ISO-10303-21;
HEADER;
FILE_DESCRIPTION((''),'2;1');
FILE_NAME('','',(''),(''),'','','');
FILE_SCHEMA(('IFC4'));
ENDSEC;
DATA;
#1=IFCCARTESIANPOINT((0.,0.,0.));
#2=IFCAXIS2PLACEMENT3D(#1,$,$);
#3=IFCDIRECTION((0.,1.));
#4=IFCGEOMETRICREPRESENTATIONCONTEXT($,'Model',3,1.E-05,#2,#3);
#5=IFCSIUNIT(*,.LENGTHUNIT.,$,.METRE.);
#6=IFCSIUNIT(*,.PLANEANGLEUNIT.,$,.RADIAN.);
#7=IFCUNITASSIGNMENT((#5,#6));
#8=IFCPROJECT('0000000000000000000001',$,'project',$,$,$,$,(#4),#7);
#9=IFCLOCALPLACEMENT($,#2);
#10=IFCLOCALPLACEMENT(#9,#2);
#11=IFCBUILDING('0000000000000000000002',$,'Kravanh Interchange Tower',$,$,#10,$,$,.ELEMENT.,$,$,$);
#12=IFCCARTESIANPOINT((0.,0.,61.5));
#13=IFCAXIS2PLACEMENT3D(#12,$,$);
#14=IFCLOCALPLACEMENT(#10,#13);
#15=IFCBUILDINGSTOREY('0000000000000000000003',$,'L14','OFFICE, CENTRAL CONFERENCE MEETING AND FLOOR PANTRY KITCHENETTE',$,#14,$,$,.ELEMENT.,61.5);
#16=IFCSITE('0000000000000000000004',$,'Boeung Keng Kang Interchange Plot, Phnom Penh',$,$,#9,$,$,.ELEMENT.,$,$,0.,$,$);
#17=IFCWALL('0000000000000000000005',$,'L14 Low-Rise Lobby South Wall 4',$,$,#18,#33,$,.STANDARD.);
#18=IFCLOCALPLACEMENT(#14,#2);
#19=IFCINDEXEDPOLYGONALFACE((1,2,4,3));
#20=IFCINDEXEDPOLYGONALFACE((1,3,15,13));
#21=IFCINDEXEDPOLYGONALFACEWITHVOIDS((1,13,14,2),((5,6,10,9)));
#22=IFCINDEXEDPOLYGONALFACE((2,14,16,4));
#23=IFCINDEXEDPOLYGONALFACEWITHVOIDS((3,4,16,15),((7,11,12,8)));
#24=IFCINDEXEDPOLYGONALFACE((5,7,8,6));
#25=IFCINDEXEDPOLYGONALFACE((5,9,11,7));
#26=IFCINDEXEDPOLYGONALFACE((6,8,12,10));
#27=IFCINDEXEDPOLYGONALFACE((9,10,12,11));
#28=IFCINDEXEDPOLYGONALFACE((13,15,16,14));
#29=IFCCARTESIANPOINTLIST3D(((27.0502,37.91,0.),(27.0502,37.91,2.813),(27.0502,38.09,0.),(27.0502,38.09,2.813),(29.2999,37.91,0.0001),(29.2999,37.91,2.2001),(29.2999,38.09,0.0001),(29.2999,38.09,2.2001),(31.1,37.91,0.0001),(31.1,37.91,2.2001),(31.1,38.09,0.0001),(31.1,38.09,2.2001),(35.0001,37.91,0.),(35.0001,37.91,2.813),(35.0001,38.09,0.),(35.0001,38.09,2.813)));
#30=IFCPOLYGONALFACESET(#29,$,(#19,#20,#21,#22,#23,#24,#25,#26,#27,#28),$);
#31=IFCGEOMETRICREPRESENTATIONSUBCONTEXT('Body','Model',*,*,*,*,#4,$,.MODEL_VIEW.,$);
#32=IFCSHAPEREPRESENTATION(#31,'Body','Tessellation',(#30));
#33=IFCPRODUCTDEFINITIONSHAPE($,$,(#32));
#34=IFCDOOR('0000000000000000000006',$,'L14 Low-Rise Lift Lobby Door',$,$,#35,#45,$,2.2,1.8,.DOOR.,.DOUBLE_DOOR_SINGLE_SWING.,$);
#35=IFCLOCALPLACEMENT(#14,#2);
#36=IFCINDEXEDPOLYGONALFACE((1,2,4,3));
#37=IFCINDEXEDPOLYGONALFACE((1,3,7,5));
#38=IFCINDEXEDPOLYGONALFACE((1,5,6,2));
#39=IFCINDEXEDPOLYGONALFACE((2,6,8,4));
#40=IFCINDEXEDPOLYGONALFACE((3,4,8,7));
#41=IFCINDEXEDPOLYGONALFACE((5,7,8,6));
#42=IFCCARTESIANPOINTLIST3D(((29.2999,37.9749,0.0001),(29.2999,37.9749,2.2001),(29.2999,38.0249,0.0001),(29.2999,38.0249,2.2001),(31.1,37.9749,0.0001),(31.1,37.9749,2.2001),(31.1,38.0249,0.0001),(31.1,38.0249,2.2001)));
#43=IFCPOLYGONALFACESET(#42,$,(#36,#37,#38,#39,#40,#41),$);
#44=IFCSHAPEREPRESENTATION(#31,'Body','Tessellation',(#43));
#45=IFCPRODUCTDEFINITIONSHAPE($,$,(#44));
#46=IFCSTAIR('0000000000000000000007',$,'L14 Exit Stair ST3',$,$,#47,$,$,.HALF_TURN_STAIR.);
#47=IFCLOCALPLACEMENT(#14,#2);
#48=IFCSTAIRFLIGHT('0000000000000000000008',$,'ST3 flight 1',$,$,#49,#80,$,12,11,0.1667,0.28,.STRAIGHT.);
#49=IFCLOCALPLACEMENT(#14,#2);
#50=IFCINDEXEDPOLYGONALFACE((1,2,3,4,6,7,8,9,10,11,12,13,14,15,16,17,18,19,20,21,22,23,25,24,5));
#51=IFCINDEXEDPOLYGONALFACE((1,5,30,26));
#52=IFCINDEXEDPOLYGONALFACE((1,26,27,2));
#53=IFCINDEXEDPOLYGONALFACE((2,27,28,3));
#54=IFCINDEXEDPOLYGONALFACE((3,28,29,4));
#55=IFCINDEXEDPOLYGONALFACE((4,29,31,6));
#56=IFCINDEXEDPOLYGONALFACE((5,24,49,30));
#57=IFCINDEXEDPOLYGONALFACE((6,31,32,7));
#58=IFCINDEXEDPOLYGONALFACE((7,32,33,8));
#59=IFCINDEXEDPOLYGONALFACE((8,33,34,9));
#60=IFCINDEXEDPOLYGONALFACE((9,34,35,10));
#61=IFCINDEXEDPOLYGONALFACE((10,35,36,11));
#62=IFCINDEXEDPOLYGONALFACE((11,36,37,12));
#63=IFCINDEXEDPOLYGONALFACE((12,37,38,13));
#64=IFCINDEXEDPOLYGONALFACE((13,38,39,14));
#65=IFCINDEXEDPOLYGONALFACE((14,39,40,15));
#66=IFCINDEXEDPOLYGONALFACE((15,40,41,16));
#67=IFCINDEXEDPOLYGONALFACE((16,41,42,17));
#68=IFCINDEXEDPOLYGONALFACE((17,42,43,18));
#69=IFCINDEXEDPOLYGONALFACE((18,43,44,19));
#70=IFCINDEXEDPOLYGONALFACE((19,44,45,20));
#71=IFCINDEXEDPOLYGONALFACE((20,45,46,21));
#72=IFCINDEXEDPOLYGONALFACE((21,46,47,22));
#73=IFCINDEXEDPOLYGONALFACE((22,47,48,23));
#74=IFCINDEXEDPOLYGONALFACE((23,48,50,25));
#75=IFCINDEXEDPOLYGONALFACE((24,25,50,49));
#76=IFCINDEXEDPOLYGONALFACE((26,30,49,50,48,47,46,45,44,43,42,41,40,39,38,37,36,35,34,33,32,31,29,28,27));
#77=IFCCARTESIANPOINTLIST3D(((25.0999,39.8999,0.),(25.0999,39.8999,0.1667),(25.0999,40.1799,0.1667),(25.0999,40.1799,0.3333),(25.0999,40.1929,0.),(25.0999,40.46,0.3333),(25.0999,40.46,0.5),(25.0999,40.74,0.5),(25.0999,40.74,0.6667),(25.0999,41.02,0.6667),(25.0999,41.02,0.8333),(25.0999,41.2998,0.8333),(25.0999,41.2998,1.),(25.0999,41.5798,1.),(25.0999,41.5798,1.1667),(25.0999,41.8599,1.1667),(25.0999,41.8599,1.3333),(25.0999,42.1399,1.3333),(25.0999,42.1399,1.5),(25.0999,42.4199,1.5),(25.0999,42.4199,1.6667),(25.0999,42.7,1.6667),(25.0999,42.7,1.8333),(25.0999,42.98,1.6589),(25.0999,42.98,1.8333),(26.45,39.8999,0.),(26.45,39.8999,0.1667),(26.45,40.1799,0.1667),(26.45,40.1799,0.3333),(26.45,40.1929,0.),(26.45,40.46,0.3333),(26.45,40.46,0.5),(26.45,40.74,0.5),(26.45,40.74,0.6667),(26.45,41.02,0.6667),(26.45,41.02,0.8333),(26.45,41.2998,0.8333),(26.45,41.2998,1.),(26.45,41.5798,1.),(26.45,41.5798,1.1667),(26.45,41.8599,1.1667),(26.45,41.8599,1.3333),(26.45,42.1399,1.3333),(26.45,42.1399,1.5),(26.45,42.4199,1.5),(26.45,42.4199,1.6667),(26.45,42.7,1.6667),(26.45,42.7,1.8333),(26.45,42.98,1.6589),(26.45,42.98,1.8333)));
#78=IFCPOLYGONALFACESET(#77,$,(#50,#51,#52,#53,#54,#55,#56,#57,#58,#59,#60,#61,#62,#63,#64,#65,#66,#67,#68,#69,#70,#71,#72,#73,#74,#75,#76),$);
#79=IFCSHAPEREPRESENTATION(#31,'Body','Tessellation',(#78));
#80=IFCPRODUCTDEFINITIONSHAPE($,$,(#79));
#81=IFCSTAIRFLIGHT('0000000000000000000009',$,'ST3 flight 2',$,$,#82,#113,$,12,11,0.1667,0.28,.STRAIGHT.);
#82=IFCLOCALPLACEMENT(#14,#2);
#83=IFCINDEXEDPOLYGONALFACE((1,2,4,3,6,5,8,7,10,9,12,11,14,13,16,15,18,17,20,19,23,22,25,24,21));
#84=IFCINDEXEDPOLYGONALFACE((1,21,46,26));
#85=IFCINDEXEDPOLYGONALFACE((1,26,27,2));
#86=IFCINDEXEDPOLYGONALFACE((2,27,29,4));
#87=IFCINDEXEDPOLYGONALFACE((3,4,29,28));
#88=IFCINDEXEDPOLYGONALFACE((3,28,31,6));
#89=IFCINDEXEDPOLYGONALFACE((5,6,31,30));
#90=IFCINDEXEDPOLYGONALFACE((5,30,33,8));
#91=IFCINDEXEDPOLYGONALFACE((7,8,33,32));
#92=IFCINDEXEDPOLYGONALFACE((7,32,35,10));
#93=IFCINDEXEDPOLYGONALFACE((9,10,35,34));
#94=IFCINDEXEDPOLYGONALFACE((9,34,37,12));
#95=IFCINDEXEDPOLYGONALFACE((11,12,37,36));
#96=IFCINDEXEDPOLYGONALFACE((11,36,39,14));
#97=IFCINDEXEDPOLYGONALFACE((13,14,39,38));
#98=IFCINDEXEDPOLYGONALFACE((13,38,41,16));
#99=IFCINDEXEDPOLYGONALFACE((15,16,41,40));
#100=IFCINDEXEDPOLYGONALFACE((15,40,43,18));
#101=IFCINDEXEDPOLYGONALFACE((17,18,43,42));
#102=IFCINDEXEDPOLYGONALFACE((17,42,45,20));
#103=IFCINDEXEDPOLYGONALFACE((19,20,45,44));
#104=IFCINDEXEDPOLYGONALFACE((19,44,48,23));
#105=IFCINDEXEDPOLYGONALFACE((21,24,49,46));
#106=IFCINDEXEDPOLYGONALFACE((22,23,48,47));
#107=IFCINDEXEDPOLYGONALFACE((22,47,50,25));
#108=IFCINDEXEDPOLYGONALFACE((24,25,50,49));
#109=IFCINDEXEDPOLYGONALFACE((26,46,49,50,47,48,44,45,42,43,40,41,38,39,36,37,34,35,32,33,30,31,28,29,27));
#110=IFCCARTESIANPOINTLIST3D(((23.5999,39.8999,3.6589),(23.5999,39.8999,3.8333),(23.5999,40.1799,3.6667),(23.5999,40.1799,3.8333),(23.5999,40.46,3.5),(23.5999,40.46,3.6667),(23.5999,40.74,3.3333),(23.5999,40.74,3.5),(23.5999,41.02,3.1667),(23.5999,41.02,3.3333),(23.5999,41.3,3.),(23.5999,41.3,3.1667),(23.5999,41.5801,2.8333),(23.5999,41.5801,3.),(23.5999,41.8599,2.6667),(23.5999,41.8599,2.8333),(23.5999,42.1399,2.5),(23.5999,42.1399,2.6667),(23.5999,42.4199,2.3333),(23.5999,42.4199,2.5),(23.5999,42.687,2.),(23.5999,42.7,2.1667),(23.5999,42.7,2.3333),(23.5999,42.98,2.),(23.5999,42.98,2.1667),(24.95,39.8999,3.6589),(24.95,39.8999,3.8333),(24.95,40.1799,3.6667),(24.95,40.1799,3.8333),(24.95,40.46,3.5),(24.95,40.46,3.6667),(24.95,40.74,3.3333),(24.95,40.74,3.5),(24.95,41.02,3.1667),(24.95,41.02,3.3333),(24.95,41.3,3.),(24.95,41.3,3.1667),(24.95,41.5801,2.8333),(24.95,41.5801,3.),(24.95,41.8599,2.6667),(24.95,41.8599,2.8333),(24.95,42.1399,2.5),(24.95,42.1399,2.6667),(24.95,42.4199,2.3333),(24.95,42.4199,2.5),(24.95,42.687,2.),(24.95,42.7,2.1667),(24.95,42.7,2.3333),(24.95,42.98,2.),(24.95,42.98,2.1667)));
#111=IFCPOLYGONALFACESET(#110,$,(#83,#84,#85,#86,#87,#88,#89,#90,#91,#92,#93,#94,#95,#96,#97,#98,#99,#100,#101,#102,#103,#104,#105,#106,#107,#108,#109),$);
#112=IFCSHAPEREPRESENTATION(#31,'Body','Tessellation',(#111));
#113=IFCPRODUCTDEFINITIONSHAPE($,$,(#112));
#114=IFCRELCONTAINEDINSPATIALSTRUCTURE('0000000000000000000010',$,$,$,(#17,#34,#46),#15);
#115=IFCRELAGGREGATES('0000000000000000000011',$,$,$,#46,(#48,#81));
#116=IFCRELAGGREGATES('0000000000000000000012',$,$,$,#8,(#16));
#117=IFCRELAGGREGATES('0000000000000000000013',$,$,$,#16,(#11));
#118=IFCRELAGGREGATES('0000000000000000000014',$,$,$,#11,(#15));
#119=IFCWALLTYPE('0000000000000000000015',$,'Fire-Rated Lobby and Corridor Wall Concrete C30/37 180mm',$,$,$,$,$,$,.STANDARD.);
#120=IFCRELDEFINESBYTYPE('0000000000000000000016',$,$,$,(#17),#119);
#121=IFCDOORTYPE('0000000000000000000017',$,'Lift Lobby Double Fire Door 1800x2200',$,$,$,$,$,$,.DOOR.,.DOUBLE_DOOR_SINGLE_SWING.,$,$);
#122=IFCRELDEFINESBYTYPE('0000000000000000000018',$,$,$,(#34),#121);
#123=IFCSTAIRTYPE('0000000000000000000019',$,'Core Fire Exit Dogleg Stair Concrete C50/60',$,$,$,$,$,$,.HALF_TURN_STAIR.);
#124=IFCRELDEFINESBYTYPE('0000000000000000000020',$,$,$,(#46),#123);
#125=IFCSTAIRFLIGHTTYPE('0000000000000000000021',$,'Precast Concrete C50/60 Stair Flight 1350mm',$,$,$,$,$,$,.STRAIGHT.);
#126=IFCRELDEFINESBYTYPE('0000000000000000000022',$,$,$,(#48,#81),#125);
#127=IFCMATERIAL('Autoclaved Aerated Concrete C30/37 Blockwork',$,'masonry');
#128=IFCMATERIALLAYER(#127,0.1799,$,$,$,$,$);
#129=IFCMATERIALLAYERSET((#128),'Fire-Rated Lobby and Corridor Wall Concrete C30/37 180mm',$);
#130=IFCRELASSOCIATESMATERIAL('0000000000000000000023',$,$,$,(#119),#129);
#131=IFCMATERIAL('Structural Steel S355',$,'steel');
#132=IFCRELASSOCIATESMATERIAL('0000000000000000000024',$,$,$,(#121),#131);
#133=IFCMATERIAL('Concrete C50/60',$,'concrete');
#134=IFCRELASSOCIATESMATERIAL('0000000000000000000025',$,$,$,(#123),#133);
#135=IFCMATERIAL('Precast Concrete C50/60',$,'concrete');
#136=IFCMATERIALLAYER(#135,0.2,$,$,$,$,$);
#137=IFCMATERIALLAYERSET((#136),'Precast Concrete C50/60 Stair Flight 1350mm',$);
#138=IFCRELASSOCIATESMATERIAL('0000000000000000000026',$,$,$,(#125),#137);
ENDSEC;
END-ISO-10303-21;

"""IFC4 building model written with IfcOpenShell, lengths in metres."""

from ifc_helpers import new_model, si_unit, direction, frame, frame_2d, origin, place, context, subcontext, project, spatial, polyline, rectangle, outline, extrude, material, layer, layer_set, type_object, element, fill, aggregate, save


model = new_model("IFC4")

# Units and contexts
model_context = context("Model", 3, precision=1e-05, world=origin(), true_north=direction((0.0, 1.0)))
body_context = subcontext(model_context, "Body", "Model", "MODEL_VIEW")
ifc_project = project(units=[si_unit("LENGTHUNIT", "METRE"), si_unit("PLANEANGLEUNIT", "RADIAN")], contexts=[model_context])

# Site, building, storey
site_placement = place(None, origin())
site = spatial("IfcSite", under=ifc_project, at=site_placement, Name="Boeung Keng Kang Interchange Plot, Phnom Penh", CompositionType="ELEMENT", RefElevation=0.0)
building_placement = place(site_placement, origin())
building = spatial("IfcBuilding", under=site, at=building_placement, Name="Kravanh Interchange Tower", CompositionType="ELEMENT")
storey_placement = place(building_placement, frame((0.0, 0.0, 61.5)))
storey = spatial("IfcBuildingStorey", under=building, at=storey_placement, Name="L14", Description="OFFICE, CENTRAL CONFERENCE MEETING AND FLOOR PANTRY KITCHENETTE", CompositionType="ELEMENT", Elevation=61.5)

# Wall, opening, door
ifc_material_1 = material(Name="Autoclaved Aerated Concrete C30/37 Blockwork", Category="masonry")
ifc_layer_1 = layer(ifc_material_1, 0.1799)
ifc_layer_set_1 = layer_set([ifc_layer_1], Name="Fire-Rated Lobby and Corridor Wall Concrete C30/37 180mm")
wall_type_1 = type_object("IfcWallType", Name="Fire-Rated Lobby and Corridor Wall Concrete C30/37 180mm", PredefinedType="STANDARD", material=ifc_layer_set_1)
wall_1_placement = place(storey_placement, frame((27.05, 38.0, 0.0), z_axis=(0.0, 0.0, 1.0), x_axis=(1.0, 0.0, 0.0)))
wall_1 = element("IfcWall", 1, at=wall_1_placement, inside=storey, type_object=wall_type_1, Name="L14 Low-Rise Lobby South Wall 4", PredefinedType="STANDARD", context=body_context, shape_type="SweptSolid", body=[
    extrude(rectangle(XDim=7.95, YDim=0.1799, at=frame_2d((3.9751, 0.0))), origin(), (0.0, 0.0, 1.0), 2.813),
])
opening_1_placement = place(wall_1_placement, frame((2.25, 0.0, 0.0)))
opening_1 = element("IfcOpeningElement", 2, at=opening_1_placement, cuts=wall_1, PredefinedType="OPENING", context=body_context, shape_type="SweptSolid", body=[
    extrude(rectangle(XDim=1.8, YDim=2.2, at=frame_2d((0.8999, 1.1001))), frame((0.0, 0.1001, 0.0), z_axis=(0.0, -1.0, 0.0), x_axis=(1.0, 0.0, 0.0)), (0.0, 0.0, 1.0), 0.2),
])
ifc_material_2 = material(Name="Structural Steel S355", Category="steel")
door_type_1 = type_object("IfcDoorType", Name="Lift Lobby Double Fire Door 1800x2200", OperationType="DOUBLE_DOOR_SINGLE_SWING", PredefinedType="DOOR", material=ifc_material_2)
door_1_placement = place(opening_1_placement, origin())
door_1 = element("IfcDoor", 3, at=door_1_placement, inside=storey, type_object=door_type_1, Name="L14 Low-Rise Lift Lobby Door", OperationType="DOUBLE_DOOR_SINGLE_SWING", OverallHeight=2.2, OverallWidth=1.8, PredefinedType="DOOR", context=body_context, shape_type="SweptSolid", body=[
    extrude(rectangle(XDim=1.8, YDim=2.2, at=frame_2d((0.8999, 1.1001))), frame((0.0, 0.0249, 0.0), z_axis=(0.0, -1.0, 0.0), x_axis=(1.0, 0.0, 0.0)), (0.0, 0.0, 1.0), 0.05),
])
fill(opening_1, door_1)

# Stair, stair flights
ifc_material_3 = material(Name="Concrete C50/60", Category="concrete")
stair_type = type_object("IfcStairType", Name="Core Fire Exit Dogleg Stair Concrete C50/60", PredefinedType="HALF_TURN_STAIR", material=ifc_material_3)
stair_placement = place(storey_placement, origin())
stair = element("IfcStair", 4, at=stair_placement, inside=storey, type_object=stair_type, Name="L14 Exit Stair ST3", PredefinedType="HALF_TURN_STAIR")
ifc_material_4 = material(Name="Precast Concrete C50/60", Category="concrete")
ifc_layer_2 = layer(ifc_material_4, 0.2)
ifc_layer_set_2 = layer_set([ifc_layer_2], Name="Precast Concrete C50/60 Stair Flight 1350mm")
stair_flight_type = type_object("IfcStairFlightType", Name="Precast Concrete C50/60 Stair Flight 1350mm", PredefinedType="STRAIGHT", material=ifc_layer_set_2)
stair_flight_1_placement = place(storey_placement, frame((25.7749, 39.8999, 0.0), z_axis=(0.0, 0.0, 1.0), x_axis=(0.0, 1.0, 0.0)))
stair_flight_1 = element("IfcStairFlight", 5, at=stair_flight_1_placement, type_object=stair_flight_type, Name="ST3 flight 1", NumberOfRisers=12, NumberOfTreads=11, PredefinedType="STRAIGHT", RiserHeight=0.1667, TreadLength=0.28, context=body_context, shape_type="SweptSolid", body=[
    extrude(outline(polyline([(0.0, 0.0), (0.0, 0.1667), (0.28, 0.1667), (0.28, 0.3333), (0.5601, 0.3333), (0.5601, 0.5), (0.8401, 0.5), (0.8401, 0.6667), (1.1201, 0.6667), (1.1201, 0.8333), (1.3999, 0.8333), (1.3999, 1.0), (1.6799, 1.0), (1.6799, 1.1667), (1.96, 1.1667), (1.96, 1.3333), (2.24, 1.3333), (2.24, 1.5), (2.52, 1.5), (2.52, 1.6667), (2.8, 1.6667), (2.8, 1.8333), (3.0801, 1.8333), (3.0801, 2.0), (3.0801, 1.6589), (0.293, 0.0), (0.0, 0.0)])), frame((0.0, 0.675, 0.0), z_axis=(0.0, -1.0, 0.0), x_axis=(1.0, 0.0, 0.0)), (0.0, 0.0, 1.0), 1.3501),
])
stair_flight_2_placement = place(storey_placement, frame((24.2749, 42.98, 2.0), z_axis=(0.0, 0.0, 1.0), x_axis=(0.0, -1.0, 0.0)))
stair_flight_2 = element("IfcStairFlight", 6, at=stair_flight_2_placement, type_object=stair_flight_type, Name="ST3 flight 2", NumberOfRisers=12, NumberOfTreads=11, PredefinedType="STRAIGHT", RiserHeight=0.1667, TreadLength=0.28, context=body_context, shape_type="SweptSolid", body=[
    extrude(outline(polyline([(0.0, 0.0), (0.0, 0.1667), (0.28, 0.1667), (0.28, 0.3333), (0.5601, 0.3333), (0.5601, 0.5), (0.8401, 0.5), (0.8401, 0.6667), (1.1201, 0.6667), (1.1201, 0.8333), (1.3999, 0.8333), (1.3999, 1.0), (1.6799, 1.0), (1.6799, 1.1667), (1.96, 1.1667), (1.96, 1.3333), (2.24, 1.3333), (2.24, 1.5), (2.52, 1.5), (2.52, 1.6667), (2.8, 1.6667), (2.8, 1.8333), (3.0801, 1.8333), (3.0801, 2.0), (3.0801, 1.6589), (0.293, 0.0), (0.0, 0.0)])), frame((0.0, 0.675, 0.0), z_axis=(0.0, -1.0, 0.0), x_axis=(1.0, 0.0, 0.0)), (0.0, 0.0, 1.0), 1.3501),
])
aggregate(stair, [stair_flight_1, stair_flight_2])

save(model, "model.ifc")
